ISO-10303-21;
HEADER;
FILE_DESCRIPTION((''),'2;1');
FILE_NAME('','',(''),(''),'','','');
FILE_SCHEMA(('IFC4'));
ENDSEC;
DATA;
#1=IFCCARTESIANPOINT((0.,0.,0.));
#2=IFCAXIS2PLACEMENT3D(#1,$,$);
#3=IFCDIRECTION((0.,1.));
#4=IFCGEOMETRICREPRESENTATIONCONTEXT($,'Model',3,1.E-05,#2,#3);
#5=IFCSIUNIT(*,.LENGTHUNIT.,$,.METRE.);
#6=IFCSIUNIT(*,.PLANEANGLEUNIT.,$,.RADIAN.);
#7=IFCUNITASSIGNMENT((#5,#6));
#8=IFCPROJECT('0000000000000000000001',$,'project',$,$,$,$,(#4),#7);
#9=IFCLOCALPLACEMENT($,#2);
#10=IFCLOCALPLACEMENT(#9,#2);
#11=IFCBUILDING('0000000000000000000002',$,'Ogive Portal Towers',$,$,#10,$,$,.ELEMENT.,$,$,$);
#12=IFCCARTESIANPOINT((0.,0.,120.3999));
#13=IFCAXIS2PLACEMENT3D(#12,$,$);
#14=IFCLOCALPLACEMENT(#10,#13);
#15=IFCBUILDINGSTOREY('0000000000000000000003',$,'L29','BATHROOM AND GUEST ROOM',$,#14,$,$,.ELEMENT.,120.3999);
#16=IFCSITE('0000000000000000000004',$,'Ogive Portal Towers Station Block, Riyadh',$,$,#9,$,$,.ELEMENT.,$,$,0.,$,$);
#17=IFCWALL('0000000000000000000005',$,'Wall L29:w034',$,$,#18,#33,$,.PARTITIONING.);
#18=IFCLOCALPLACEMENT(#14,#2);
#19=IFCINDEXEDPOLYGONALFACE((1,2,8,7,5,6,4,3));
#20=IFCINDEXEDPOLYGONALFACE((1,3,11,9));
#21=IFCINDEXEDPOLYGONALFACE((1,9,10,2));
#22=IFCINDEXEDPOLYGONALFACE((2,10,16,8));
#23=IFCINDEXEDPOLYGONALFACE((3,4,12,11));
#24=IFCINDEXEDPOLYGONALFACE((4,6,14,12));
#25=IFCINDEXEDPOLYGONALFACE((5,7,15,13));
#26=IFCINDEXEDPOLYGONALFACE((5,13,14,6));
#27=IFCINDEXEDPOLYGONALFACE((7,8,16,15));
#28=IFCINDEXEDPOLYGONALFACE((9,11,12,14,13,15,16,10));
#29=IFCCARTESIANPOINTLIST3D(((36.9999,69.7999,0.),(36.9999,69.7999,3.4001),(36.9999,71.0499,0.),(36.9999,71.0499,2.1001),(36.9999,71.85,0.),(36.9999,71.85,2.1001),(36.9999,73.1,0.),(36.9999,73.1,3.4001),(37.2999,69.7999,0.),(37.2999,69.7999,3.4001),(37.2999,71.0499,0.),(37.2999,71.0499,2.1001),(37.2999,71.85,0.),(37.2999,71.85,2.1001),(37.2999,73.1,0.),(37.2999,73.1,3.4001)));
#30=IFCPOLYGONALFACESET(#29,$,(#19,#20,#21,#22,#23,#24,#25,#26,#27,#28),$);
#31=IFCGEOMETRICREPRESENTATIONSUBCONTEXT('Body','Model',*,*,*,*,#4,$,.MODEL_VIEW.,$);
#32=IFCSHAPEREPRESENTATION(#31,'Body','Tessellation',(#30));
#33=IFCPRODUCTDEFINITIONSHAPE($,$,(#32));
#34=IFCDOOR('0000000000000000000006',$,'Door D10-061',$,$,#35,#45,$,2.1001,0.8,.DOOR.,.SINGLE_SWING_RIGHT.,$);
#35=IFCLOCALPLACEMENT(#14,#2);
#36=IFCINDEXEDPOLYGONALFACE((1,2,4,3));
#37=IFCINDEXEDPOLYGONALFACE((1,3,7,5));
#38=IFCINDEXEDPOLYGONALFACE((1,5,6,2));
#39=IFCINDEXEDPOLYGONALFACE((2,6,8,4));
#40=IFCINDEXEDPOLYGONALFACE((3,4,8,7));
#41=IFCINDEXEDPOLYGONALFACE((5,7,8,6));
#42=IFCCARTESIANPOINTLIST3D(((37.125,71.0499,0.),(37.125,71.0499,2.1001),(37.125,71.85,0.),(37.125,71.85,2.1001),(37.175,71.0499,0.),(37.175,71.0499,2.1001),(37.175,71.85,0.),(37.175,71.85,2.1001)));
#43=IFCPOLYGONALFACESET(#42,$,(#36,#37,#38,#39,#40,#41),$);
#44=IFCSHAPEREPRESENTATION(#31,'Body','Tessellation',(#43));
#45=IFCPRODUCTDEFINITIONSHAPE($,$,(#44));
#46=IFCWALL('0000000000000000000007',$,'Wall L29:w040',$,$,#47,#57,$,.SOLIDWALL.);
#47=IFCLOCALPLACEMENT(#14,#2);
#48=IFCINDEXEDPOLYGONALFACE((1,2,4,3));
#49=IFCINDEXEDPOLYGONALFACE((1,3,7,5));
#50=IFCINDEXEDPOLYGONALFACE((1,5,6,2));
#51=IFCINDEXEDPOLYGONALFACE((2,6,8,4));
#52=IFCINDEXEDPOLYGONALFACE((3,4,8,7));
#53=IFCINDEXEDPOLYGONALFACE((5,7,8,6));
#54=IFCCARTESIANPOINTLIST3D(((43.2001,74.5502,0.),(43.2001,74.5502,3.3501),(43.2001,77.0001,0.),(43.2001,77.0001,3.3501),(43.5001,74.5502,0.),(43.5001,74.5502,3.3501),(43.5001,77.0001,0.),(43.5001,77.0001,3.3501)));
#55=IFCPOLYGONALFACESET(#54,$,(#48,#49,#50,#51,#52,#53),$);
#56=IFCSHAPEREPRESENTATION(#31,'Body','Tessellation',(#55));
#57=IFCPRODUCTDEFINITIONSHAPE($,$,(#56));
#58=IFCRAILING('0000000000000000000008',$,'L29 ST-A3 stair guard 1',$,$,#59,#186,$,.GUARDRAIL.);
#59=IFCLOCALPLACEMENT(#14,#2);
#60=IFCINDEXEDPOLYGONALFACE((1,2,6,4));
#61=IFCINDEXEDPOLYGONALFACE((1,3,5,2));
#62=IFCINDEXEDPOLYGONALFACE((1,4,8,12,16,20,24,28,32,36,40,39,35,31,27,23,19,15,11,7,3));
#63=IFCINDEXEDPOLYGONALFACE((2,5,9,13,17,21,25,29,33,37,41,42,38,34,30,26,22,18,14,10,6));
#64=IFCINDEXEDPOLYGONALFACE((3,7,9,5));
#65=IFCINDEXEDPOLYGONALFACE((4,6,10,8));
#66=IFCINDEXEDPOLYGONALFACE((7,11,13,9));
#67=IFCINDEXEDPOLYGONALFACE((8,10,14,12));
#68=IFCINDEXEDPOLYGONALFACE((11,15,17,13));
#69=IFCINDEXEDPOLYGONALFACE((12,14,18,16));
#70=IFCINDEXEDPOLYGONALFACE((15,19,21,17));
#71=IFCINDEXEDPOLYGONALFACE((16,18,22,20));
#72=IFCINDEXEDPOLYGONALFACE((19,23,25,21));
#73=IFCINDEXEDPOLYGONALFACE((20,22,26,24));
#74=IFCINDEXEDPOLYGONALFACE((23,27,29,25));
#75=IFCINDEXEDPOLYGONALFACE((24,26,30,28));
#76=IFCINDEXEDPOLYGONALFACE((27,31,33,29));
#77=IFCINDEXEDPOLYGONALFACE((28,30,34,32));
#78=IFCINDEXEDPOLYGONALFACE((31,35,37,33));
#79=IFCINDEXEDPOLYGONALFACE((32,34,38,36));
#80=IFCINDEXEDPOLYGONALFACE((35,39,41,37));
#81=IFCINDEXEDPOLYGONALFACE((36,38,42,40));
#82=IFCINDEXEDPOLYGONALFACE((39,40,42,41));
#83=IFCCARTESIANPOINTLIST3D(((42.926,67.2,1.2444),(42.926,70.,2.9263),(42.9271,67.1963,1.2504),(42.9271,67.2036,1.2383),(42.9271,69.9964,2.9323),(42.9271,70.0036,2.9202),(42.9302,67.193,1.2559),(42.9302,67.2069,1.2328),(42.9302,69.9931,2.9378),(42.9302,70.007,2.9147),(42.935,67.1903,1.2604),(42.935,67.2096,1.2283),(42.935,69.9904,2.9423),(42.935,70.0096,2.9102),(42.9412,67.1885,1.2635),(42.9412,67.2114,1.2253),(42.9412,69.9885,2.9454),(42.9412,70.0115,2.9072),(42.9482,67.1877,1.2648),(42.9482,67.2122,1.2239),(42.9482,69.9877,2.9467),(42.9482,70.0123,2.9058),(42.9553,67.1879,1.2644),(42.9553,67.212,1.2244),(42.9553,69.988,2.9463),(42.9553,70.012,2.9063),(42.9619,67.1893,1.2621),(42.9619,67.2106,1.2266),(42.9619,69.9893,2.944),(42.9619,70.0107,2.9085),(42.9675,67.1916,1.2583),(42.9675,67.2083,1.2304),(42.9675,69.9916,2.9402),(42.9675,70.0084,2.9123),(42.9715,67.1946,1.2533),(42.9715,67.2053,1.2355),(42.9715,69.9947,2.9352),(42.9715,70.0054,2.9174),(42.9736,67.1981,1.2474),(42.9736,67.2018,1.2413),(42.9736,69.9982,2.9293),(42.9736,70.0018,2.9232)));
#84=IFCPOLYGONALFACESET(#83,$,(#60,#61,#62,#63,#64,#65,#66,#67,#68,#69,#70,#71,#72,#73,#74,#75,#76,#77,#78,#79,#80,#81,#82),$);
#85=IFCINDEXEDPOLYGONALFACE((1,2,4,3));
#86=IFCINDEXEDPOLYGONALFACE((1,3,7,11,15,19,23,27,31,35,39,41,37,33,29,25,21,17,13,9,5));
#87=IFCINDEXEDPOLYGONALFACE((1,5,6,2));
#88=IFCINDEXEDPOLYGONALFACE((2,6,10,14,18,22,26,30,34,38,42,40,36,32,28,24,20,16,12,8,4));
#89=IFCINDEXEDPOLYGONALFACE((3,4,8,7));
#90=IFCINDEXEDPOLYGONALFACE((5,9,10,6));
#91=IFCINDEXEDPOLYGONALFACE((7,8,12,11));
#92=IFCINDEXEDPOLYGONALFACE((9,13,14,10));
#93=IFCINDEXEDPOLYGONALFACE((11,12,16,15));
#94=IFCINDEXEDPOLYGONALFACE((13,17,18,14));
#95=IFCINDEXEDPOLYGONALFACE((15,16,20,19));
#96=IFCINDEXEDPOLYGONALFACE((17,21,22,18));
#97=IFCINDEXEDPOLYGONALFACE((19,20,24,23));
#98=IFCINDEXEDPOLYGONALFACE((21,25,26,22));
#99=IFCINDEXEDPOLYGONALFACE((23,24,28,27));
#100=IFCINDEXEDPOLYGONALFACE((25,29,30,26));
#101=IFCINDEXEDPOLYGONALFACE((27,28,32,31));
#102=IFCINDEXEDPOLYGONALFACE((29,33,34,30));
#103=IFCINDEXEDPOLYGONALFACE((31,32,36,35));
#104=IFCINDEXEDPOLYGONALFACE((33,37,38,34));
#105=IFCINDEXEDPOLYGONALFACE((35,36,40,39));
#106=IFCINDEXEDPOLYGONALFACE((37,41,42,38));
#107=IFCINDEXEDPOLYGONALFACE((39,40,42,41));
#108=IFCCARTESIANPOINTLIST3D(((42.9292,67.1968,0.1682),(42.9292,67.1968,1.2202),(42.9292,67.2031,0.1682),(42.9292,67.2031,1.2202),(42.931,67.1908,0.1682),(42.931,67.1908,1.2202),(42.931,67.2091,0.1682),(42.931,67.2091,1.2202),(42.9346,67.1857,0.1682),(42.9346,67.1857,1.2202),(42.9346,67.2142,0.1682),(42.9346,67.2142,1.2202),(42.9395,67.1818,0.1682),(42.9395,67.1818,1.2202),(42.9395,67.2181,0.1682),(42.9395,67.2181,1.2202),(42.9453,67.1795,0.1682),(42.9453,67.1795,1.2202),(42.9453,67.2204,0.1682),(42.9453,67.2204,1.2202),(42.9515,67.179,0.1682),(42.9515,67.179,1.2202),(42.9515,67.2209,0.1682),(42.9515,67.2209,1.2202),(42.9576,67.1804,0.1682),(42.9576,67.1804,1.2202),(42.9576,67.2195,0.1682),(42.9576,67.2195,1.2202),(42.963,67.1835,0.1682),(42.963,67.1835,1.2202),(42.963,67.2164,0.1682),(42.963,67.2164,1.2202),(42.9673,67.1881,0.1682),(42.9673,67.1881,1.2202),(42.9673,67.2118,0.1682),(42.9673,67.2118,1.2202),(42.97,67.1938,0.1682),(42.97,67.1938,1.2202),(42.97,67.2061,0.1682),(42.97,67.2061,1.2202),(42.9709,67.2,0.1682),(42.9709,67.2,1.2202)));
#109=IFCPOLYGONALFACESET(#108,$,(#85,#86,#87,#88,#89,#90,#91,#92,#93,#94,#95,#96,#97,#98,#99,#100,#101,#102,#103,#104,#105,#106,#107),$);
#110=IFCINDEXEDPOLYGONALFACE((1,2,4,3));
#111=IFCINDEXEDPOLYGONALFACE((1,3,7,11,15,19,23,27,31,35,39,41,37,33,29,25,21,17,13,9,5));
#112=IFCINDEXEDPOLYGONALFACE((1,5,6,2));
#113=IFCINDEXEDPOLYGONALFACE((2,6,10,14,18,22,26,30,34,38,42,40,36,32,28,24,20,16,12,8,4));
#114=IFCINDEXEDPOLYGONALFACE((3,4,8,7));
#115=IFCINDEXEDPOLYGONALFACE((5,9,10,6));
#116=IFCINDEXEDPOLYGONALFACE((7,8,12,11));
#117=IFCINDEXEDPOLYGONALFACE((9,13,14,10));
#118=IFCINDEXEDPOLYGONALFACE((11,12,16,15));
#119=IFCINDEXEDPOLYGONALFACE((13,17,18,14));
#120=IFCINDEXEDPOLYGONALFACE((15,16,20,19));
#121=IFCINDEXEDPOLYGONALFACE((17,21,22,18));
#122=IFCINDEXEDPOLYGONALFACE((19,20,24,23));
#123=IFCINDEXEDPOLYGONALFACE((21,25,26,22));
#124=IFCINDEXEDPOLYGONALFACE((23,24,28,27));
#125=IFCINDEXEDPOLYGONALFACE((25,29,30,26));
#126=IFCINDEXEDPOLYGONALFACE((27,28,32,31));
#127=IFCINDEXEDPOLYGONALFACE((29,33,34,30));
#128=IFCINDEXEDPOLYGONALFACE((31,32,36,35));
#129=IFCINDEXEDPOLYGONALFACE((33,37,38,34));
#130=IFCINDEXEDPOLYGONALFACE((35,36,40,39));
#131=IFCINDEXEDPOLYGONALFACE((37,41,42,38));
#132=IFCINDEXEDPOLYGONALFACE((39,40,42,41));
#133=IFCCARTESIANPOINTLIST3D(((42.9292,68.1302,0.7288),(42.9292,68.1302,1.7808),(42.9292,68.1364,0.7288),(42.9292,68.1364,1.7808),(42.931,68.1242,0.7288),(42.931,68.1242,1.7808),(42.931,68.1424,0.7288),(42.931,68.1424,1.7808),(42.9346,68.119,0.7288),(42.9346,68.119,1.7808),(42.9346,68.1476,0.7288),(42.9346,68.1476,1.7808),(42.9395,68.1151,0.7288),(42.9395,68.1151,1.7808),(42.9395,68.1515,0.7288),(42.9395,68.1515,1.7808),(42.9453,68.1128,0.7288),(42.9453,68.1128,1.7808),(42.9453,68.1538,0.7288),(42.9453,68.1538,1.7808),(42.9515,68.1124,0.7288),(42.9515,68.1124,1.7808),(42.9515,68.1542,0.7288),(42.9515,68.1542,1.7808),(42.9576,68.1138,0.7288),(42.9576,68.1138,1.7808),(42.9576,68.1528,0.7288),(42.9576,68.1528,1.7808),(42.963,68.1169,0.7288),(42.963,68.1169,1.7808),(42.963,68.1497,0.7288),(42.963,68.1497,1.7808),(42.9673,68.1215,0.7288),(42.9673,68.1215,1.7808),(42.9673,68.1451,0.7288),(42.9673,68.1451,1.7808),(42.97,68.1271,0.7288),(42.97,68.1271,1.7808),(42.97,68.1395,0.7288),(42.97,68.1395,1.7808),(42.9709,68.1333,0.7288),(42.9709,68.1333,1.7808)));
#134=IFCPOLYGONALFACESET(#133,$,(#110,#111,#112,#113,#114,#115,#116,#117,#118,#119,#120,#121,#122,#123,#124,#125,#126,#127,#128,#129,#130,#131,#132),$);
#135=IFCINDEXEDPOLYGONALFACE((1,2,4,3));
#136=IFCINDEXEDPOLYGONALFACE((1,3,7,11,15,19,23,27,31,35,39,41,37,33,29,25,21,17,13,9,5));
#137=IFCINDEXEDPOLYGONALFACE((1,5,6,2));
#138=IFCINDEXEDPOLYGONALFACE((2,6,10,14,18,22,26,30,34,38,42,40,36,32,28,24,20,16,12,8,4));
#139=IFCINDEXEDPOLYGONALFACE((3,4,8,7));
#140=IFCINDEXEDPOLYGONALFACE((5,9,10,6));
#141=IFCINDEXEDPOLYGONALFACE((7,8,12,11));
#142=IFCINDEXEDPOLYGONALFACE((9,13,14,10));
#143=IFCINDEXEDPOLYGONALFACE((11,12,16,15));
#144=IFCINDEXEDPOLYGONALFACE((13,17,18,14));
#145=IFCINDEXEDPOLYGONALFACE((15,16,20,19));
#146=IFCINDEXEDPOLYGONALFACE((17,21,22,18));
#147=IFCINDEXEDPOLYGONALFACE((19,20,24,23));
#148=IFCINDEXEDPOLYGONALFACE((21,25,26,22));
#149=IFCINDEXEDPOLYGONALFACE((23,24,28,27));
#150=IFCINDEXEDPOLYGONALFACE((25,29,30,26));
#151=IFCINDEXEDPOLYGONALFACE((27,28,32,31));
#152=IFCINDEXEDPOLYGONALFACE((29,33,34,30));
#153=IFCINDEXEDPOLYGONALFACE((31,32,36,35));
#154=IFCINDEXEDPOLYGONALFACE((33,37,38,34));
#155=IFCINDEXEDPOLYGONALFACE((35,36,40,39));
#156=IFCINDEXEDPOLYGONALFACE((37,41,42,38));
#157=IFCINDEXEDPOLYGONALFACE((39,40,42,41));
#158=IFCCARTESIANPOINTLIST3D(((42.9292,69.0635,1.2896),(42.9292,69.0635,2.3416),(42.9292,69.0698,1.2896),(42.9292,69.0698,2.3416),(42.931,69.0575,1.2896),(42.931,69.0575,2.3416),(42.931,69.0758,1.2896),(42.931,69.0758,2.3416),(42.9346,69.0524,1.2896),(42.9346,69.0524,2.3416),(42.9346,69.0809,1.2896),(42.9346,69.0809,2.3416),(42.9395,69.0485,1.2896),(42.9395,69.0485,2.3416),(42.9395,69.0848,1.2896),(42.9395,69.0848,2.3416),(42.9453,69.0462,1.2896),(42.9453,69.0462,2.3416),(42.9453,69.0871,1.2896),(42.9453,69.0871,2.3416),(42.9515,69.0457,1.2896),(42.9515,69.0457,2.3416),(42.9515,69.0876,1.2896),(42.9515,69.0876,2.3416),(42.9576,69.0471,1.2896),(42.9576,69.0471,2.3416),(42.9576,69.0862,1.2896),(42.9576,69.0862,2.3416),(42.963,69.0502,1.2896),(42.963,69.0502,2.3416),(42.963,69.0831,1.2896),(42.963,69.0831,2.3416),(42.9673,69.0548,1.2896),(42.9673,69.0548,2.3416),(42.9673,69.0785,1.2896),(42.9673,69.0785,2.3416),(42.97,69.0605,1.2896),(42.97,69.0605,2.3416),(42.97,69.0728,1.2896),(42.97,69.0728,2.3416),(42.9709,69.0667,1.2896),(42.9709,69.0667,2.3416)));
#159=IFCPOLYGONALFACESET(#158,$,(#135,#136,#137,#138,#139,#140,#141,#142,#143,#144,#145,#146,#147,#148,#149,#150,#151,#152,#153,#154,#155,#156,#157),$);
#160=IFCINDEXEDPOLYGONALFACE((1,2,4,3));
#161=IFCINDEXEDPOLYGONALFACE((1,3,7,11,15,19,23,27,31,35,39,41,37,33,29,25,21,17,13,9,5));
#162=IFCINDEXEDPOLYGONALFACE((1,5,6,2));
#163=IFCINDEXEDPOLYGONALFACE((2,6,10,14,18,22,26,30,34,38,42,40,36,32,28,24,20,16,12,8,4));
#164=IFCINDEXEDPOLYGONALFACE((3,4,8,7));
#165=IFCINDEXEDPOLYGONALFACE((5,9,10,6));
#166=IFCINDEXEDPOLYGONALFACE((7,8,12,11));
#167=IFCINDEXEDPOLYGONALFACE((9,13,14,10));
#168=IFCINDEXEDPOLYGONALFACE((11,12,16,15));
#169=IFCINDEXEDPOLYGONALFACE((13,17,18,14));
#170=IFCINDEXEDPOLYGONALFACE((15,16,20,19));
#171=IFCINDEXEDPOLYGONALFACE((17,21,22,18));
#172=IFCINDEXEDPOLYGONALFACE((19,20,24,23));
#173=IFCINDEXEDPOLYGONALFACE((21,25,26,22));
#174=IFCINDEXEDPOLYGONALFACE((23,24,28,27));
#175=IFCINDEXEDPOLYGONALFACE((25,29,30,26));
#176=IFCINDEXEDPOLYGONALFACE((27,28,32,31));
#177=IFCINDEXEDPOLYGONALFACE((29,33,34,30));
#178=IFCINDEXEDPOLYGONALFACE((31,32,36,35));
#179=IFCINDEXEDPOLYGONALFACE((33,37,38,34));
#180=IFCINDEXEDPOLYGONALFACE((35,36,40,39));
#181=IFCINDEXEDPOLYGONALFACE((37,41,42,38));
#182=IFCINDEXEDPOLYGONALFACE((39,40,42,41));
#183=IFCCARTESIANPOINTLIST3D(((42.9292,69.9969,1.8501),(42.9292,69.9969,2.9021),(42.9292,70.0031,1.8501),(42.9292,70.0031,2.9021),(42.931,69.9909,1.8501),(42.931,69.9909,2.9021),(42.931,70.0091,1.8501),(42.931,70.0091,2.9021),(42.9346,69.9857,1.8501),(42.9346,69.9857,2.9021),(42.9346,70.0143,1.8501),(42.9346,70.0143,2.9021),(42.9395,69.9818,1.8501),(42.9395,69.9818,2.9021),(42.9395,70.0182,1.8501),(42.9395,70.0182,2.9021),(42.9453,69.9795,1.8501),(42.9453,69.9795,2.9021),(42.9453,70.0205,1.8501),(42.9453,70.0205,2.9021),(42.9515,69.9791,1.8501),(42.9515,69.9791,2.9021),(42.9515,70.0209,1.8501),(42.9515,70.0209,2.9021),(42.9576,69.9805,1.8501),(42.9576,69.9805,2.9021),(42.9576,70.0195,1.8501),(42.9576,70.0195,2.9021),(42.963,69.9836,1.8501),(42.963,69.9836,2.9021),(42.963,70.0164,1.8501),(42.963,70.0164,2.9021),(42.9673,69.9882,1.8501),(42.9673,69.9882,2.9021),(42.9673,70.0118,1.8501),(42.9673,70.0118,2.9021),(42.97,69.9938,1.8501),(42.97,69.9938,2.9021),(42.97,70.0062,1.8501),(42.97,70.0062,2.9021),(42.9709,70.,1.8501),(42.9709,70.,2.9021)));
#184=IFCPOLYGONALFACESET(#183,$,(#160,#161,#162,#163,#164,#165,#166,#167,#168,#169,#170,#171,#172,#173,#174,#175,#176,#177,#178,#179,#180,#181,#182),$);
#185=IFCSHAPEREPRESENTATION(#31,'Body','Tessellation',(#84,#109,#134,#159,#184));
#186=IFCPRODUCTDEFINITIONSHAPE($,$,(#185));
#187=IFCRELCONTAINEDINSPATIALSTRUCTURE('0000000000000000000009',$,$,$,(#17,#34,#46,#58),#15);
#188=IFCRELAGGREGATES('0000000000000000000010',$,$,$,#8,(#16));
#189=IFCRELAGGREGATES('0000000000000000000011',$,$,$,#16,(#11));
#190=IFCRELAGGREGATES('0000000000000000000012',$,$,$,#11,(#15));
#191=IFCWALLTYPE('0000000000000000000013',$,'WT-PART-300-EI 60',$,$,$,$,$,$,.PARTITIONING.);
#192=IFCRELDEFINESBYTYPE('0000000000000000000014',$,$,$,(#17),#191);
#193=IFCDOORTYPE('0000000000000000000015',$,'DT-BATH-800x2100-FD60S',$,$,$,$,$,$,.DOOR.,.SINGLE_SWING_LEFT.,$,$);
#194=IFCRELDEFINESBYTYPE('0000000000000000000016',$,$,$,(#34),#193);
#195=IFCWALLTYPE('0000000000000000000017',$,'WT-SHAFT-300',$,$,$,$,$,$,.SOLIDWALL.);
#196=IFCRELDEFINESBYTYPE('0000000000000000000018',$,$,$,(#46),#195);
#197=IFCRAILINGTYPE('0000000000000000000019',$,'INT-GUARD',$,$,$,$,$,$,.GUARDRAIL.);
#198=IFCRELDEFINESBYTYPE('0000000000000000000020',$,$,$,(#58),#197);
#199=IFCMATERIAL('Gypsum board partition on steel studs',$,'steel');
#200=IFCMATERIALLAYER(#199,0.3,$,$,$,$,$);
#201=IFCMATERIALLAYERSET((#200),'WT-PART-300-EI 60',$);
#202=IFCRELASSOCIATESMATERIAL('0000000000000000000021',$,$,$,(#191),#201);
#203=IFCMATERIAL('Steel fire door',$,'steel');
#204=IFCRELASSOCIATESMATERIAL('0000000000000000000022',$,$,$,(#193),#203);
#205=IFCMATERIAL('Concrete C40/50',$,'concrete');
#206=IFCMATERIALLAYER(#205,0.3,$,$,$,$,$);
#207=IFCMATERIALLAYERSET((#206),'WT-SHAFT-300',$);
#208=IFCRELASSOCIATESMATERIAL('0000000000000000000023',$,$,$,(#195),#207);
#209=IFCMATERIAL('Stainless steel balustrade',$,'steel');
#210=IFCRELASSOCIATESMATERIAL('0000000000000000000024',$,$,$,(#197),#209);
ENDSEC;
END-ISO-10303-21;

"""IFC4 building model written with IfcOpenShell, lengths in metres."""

from ifc_helpers import new_model, si_unit, direction, frame, frame_2d, origin, origin_2d, place, context, subcontext, project, spatial, rectangle, circle, extrude, material, layer, layer_set, type_object, element, fill, save


model = new_model("IFC4")

# Units and contexts
model_context = context("Model", 3, precision=1e-05, world=origin(), true_north=direction((0.0, 1.0)))
body_context = subcontext(model_context, "Body", "Model", "MODEL_VIEW")
ifc_project = project(units=[si_unit("LENGTHUNIT", "METRE"), si_unit("PLANEANGLEUNIT", "RADIAN")], contexts=[model_context])

# Site, building, storey
site_placement = place(None, origin())
site = spatial("IfcSite", under=ifc_project, at=site_placement, Name="Ogive Portal Towers Station Block, Riyadh", CompositionType="ELEMENT", RefElevation=0.0)
building_placement = place(site_placement, origin())
building = spatial("IfcBuilding", under=site, at=building_placement, Name="Ogive Portal Towers", CompositionType="ELEMENT")
storey_placement = place(building_placement, frame((0.0, 0.0, 120.3999)))
storey = spatial("IfcBuildingStorey", under=building, at=storey_placement, Name="L29", Description="BATHROOM AND GUEST ROOM", CompositionType="ELEMENT", Elevation=120.3999)

# Shared definitions
ifc_material_1 = material(Name="Concrete C40/50", Category="concrete")

# Shared definitions
ifc_material_2 = material(Name="Gypsum board partition on steel studs", Category="steel")
ifc_layer_1 = layer(ifc_material_2, 0.3)
ifc_layer_set_1 = layer_set([ifc_layer_1], Name="WT-PART-300-EI 60")
wall_type_1 = type_object("IfcWallType", Name="WT-PART-300-EI 60", PredefinedType="PARTITIONING", material=ifc_layer_set_1)
ifc_material_3 = material(Name="Steel fire door", Category="steel")

# Wall, opening, door
wall_1_placement = place(storey_placement, frame((37.1499, 69.8, 0.0), z_axis=(0.0, 0.0, 1.0), x_axis=(0.0, 1.0, 0.0)))
wall_1 = element("IfcWall", 1, at=wall_1_placement, inside=storey, type_object=wall_type_1, Name="Wall L29:w034", PredefinedType="PARTITIONING", context=body_context, shape_type="SweptSolid", body=[
    extrude(rectangle(XDim=3.3, YDim=0.3, at=frame_2d((1.6499, 0.0))), origin(), (0.0, 0.0, 1.0), 3.4001),
])
opening_1_placement = place(wall_1_placement, frame((1.25, 0.0, 0.0)))
opening_1 = element("IfcOpeningElement", 2, at=opening_1_placement, cuts=wall_1, PredefinedType="OPENING", context=body_context, shape_type="SweptSolid", body=[
    extrude(rectangle(XDim=0.8, YDim=2.1001, at=frame_2d((0.3999, 1.05))), frame((0.0, 0.1602, 0.0), z_axis=(0.0, -1.0, 0.0), x_axis=(1.0, 0.0, 0.0)), (0.0, 0.0, 1.0), 0.3201),
])
door_type_1 = type_object("IfcDoorType", Name="DT-BATH-800x2100-FD60S", OperationType="SINGLE_SWING_LEFT", PredefinedType="DOOR", material=ifc_material_3)
door_1_placement = place(opening_1_placement, origin())
door_1 = element("IfcDoor", 3, at=door_1_placement, inside=storey, type_object=door_type_1, Name="Door D10-061", OperationType="SINGLE_SWING_RIGHT", OverallHeight=2.1001, OverallWidth=0.8, PredefinedType="DOOR", context=body_context, shape_type="SweptSolid", body=[
    extrude(rectangle(XDim=0.8, YDim=2.1001, at=frame_2d((0.3999, 1.05))), frame((0.0, 0.0249, 0.0), z_axis=(0.0, -1.0, 0.0), x_axis=(1.0, 0.0, 0.0)), (0.0, 0.0, 1.0), 0.05),
])
fill(opening_1, door_1)

# Wall
ifc_layer_2 = layer(ifc_material_1, 0.3)
ifc_layer_set_2 = layer_set([ifc_layer_2], Name="WT-SHAFT-300")
wall_type_2 = type_object("IfcWallType", Name="WT-SHAFT-300", PredefinedType="SOLIDWALL", material=ifc_layer_set_2)
wall_2_placement = place(storey_placement, frame((43.3501, 74.55, 0.0), z_axis=(0.0, 0.0, 1.0), x_axis=(0.0, 1.0, 0.0)))
element("IfcWall", 4, at=wall_2_placement, inside=storey, type_object=wall_type_2, Name="Wall L29:w040", PredefinedType="SOLIDWALL", context=body_context, shape_type="SweptSolid", body=[
    extrude(rectangle(XDim=2.45, YDim=0.3, at=frame_2d((1.2251, 0.0))), origin(), (0.0, 0.0, 1.0), 3.3501),
])

# Railing
ifc_material_4 = material(Name="Stainless steel balustrade", Category="steel")
railing_type_1 = type_object("IfcRailingType", Name="INT-GUARD", PredefinedType="GUARDRAIL", material=ifc_material_4)
railing_1_placement = place(storey_placement, frame((42.95, 67.2, 0.1682)))
element("IfcRailing", 5, at=railing_1_placement, inside=storey, type_object=railing_type_1, Name="L29 ST-A3 stair guard 1", PredefinedType="GUARDRAIL", context=body_context, shape_type="SweptSolid", body=[
    extrude(circle(Radius=0.0239, at=origin_2d()), frame((0.0, 0.0, 1.0762), z_axis=(0.0, 0.857242, 0.514913), x_axis=(-1.0, 0.0, 0.0)), (0.0, 0.0, 1.0), 3.2664),
    extrude(circle(Radius=0.021, at=origin_2d()), origin(), (0.0, 0.0, 1.0), 1.052),
    extrude(circle(Radius=0.021, at=origin_2d()), frame((0.0, 0.9333, 0.5605)), (0.0, 0.0, 1.0), 1.052),
    extrude(circle(Radius=0.021, at=origin_2d()), frame((0.0, 1.8667, 1.1213)), (0.0, 0.0, 1.0), 1.052),
    extrude(circle(Radius=0.021, at=origin_2d()), frame((0.0, 2.8, 1.6819)), (0.0, 0.0, 1.0), 1.052),
])

save(model, "model.ifc")
